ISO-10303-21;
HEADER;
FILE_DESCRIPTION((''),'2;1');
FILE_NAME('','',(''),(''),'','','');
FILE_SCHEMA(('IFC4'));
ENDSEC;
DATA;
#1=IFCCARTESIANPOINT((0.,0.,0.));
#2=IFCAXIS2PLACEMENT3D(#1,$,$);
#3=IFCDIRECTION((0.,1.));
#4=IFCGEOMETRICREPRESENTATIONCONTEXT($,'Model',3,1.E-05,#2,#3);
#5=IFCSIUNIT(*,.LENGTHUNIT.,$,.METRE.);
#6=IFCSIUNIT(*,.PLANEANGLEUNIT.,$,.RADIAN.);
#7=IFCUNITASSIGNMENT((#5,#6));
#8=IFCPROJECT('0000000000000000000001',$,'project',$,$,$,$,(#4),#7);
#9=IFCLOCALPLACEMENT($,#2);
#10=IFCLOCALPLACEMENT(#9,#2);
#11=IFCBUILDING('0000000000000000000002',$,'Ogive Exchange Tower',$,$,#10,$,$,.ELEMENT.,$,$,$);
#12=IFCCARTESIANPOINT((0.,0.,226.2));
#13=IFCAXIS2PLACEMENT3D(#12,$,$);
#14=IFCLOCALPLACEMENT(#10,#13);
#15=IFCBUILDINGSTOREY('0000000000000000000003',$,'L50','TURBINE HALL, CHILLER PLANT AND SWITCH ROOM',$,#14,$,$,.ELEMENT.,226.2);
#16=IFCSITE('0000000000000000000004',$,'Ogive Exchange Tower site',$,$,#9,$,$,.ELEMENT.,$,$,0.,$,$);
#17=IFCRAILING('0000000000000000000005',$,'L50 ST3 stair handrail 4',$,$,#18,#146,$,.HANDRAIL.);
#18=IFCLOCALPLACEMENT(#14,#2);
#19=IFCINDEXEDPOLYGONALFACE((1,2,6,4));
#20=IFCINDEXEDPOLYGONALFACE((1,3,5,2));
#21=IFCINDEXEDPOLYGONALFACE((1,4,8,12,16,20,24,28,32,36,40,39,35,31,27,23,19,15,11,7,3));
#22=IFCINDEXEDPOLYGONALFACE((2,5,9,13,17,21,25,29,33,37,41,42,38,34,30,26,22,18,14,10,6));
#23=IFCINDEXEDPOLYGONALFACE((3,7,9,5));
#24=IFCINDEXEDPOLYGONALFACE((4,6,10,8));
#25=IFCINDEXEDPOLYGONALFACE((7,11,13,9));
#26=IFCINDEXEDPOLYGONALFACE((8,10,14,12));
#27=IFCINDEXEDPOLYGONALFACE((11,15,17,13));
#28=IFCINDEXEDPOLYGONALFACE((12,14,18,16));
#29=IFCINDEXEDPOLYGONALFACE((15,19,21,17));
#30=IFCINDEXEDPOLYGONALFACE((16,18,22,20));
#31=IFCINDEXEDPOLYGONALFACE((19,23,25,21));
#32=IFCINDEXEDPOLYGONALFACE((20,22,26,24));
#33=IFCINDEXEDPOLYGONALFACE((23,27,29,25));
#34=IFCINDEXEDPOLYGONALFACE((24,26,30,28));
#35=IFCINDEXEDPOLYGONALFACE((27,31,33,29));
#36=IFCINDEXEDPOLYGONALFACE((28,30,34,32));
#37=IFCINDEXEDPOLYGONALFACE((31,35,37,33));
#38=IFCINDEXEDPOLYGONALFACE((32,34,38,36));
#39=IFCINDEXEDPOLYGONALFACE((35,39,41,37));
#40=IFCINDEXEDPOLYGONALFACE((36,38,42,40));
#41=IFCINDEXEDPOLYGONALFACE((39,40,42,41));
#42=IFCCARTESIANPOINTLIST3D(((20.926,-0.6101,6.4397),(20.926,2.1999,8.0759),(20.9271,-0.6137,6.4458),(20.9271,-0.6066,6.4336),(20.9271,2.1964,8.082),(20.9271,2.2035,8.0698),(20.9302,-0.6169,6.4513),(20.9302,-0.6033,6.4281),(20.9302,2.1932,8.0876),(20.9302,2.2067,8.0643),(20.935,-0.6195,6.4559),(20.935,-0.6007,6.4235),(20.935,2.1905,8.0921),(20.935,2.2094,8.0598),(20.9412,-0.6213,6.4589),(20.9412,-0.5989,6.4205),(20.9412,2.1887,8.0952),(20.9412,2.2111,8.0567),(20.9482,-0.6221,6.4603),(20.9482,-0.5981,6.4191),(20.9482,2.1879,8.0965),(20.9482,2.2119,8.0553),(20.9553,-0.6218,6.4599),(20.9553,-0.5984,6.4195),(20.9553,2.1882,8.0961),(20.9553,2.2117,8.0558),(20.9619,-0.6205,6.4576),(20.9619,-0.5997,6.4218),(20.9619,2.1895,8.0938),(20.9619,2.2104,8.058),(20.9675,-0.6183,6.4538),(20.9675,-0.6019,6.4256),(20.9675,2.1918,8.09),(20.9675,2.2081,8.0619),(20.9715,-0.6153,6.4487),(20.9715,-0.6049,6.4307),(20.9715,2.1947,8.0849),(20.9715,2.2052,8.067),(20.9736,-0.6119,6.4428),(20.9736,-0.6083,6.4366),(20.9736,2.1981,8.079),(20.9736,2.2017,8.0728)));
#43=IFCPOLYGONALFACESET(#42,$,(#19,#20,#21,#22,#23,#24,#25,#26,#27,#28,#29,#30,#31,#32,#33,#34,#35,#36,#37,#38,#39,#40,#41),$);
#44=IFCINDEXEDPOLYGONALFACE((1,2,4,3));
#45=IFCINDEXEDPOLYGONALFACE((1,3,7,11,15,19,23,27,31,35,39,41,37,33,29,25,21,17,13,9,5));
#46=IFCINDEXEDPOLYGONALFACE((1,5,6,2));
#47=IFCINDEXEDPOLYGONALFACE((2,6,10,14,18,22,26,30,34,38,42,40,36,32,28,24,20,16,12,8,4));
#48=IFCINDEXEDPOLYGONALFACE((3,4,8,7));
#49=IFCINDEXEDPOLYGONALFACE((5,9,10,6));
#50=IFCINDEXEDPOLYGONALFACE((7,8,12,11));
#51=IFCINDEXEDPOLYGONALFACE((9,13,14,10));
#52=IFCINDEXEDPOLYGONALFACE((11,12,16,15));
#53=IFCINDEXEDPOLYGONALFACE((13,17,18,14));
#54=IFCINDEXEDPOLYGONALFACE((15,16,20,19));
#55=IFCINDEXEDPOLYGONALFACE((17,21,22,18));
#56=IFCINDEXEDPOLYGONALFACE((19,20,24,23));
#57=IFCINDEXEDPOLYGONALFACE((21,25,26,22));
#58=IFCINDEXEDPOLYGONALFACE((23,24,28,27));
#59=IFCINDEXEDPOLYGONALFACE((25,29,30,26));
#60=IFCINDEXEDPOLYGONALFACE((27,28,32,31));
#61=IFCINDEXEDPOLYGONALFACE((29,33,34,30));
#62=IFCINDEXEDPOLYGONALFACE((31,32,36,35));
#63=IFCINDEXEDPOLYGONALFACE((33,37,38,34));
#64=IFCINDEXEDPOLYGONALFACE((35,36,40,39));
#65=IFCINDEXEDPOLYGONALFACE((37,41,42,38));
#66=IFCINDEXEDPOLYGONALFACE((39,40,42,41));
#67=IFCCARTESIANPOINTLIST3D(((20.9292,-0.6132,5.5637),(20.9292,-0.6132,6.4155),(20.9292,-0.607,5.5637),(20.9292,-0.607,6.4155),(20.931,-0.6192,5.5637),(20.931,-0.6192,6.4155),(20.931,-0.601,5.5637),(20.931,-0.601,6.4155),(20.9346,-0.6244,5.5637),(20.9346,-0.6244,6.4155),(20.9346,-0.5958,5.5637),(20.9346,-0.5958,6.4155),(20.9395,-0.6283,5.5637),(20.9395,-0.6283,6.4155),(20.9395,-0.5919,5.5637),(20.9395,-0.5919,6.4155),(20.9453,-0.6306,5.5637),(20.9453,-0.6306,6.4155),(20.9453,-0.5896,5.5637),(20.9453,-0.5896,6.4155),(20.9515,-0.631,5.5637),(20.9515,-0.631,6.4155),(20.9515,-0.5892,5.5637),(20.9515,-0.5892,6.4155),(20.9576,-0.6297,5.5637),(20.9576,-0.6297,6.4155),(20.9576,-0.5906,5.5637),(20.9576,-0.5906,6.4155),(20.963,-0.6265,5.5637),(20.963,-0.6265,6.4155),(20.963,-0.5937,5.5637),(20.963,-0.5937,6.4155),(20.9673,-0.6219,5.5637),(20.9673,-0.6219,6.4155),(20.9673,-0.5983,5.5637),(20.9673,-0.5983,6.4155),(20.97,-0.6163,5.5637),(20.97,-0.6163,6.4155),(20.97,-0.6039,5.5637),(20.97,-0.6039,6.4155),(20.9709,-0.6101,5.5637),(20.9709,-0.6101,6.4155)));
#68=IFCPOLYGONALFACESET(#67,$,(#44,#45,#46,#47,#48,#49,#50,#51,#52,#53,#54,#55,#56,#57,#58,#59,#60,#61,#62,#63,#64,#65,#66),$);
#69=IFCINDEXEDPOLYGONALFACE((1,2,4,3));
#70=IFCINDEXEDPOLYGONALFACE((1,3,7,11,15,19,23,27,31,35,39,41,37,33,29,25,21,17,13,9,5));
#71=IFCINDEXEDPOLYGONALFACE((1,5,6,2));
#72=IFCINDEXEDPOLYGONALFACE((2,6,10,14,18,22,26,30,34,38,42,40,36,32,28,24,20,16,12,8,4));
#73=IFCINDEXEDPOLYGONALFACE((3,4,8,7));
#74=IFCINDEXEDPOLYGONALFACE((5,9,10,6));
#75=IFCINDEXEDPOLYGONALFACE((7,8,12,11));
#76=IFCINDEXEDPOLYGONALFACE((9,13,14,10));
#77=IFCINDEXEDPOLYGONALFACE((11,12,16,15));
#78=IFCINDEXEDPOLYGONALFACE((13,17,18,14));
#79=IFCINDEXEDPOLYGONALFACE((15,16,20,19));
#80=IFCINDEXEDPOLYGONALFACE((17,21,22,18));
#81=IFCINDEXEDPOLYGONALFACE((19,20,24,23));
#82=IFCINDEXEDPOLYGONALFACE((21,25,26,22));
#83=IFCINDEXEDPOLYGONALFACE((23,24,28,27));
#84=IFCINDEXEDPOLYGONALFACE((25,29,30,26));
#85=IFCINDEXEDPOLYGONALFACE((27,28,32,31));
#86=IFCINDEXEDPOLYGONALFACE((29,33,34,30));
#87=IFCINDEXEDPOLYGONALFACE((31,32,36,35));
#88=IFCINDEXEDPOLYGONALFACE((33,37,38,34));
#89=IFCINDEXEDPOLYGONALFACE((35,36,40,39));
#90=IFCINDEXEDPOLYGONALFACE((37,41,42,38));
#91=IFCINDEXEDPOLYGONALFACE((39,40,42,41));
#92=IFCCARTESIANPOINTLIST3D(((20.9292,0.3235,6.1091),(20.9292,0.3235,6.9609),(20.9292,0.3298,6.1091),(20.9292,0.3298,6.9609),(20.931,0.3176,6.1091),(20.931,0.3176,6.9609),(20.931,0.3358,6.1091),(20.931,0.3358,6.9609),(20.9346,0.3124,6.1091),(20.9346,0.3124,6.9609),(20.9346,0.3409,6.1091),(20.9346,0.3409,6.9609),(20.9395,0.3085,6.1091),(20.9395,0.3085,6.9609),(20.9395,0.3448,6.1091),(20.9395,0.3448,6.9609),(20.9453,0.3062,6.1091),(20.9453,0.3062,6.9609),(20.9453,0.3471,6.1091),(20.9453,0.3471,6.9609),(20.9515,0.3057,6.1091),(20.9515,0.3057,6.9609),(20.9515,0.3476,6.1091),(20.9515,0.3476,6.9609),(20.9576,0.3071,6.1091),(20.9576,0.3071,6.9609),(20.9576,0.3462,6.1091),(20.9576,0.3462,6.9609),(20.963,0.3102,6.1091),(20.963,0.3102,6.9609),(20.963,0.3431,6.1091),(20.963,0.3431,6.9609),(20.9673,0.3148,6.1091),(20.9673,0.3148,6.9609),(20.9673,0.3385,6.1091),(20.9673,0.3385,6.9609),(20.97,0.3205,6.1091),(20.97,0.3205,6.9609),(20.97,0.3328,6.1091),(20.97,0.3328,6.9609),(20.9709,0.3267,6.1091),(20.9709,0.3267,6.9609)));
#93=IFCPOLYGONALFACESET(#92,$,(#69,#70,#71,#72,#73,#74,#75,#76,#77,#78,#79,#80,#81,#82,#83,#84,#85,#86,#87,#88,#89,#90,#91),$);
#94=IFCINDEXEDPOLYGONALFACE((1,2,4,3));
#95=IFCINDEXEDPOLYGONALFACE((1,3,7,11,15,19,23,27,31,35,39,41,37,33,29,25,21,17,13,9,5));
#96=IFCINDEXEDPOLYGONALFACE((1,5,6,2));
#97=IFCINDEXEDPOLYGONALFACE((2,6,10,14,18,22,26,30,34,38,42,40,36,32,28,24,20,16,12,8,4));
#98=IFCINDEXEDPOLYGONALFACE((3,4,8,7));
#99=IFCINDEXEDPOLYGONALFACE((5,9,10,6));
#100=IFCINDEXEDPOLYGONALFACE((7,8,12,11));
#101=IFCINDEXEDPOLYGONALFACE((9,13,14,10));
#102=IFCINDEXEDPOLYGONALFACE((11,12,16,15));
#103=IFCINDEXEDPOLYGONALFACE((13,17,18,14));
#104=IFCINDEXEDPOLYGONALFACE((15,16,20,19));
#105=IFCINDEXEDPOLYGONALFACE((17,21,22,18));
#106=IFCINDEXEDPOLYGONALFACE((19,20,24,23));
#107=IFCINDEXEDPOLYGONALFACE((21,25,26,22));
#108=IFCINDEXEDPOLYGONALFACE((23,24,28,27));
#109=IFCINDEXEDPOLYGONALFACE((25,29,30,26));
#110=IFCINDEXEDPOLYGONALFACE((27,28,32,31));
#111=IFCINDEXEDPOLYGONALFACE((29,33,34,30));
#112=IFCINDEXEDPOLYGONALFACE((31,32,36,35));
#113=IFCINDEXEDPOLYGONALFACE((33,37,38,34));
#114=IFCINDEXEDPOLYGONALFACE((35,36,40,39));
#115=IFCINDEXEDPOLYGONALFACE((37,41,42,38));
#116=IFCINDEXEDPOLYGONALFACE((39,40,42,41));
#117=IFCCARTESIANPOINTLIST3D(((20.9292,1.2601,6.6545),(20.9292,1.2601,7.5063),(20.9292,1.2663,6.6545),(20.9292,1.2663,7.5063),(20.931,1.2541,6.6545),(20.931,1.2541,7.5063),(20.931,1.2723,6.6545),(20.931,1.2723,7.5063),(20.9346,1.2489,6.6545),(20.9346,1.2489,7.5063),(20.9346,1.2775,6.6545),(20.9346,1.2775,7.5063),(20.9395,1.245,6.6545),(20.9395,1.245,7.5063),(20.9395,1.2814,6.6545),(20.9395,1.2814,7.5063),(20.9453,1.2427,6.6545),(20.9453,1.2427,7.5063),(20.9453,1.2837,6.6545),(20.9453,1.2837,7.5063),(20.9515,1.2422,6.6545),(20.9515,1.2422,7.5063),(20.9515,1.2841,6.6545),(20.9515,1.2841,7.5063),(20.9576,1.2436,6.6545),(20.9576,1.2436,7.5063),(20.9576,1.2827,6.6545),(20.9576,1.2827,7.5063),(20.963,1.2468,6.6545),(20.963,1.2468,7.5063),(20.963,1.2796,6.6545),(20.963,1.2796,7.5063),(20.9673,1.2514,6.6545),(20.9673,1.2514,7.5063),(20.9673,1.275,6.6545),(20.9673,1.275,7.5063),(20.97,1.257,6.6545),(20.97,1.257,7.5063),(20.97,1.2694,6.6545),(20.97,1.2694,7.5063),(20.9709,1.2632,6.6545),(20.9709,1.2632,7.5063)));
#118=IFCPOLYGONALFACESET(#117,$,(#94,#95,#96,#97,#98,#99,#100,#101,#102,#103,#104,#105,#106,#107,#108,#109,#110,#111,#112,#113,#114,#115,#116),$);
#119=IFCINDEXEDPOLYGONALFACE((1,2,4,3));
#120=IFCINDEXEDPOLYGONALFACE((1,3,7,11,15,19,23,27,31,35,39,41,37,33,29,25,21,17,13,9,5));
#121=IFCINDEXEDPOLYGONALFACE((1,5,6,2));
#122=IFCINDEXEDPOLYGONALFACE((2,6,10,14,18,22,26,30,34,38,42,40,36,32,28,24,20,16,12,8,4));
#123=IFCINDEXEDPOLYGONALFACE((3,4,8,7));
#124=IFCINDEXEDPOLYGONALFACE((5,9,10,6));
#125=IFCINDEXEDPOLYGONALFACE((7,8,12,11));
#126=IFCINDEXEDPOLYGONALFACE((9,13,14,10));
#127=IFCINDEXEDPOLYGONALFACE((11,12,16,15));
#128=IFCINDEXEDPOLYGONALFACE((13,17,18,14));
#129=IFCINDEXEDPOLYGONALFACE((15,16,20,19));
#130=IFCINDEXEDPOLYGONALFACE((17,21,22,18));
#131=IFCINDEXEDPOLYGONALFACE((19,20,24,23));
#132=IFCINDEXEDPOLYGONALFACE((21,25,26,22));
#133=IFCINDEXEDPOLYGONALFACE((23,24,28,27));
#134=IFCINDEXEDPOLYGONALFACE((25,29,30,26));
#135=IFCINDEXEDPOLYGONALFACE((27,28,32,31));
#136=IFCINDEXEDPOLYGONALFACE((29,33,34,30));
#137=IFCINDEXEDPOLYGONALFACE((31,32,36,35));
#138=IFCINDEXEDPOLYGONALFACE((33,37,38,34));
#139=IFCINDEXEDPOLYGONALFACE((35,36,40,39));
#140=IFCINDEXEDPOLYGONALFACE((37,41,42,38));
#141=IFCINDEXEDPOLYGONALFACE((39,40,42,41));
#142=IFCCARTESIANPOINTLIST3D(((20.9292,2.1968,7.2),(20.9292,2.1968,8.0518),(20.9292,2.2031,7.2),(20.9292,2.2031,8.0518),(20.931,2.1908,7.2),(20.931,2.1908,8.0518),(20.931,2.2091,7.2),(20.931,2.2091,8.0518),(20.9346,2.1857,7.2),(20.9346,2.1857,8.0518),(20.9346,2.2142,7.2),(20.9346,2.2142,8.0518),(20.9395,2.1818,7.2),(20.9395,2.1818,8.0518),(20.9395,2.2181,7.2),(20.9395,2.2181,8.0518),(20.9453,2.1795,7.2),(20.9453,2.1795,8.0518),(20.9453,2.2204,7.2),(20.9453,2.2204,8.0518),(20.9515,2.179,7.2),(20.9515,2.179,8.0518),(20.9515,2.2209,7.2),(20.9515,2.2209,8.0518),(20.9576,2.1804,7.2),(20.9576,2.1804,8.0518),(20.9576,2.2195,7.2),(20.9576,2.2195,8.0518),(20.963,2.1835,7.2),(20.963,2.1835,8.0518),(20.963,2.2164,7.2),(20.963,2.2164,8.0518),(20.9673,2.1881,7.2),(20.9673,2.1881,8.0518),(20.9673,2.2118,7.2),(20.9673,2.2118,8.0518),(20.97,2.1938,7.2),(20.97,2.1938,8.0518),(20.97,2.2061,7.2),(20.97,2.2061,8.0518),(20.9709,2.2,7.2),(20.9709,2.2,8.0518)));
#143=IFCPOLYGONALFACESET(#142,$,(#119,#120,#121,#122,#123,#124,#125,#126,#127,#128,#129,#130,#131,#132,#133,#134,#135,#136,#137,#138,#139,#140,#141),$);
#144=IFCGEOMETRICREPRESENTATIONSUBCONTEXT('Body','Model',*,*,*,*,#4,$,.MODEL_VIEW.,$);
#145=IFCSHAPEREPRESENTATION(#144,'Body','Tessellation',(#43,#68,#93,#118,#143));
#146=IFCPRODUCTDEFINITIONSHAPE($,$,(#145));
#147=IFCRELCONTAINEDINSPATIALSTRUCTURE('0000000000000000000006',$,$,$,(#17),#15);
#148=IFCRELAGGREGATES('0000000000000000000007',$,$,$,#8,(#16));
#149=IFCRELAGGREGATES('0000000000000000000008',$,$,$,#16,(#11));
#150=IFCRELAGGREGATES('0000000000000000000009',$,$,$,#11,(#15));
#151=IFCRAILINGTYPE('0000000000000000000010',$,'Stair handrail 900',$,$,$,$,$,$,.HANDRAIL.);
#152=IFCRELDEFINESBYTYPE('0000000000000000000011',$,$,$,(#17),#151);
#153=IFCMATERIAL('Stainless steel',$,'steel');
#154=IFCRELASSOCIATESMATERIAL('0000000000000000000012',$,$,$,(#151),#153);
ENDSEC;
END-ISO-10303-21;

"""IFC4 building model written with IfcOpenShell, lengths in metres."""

from ifc_helpers import new_model, si_unit, direction, frame, origin, origin_2d, place, context, subcontext, project, spatial, circle, extrude, material, type_object, element, save


model = new_model("IFC4")

# Units and contexts
model_context = context("Model", 3, precision=1e-05, world=origin(), true_north=direction((0.0, 1.0)))
body_context = subcontext(model_context, "Body", "Model", "MODEL_VIEW")
ifc_project = project(units=[si_unit("LENGTHUNIT", "METRE"), si_unit("PLANEANGLEUNIT", "RADIAN")], contexts=[model_context])

# Site, building, storey
site_placement = place(None, origin())
site = spatial("IfcSite", under=ifc_project, at=site_placement, Name="Ogive Exchange Tower site", CompositionType="ELEMENT", RefElevation=0.0)
building_placement = place(site_placement, origin())
building = spatial("IfcBuilding", under=site, at=building_placement, Name="Ogive Exchange Tower", CompositionType="ELEMENT")
storey_placement = place(building_placement, frame((0.0, 0.0, 226.2)))
storey = spatial("IfcBuildingStorey", under=building, at=storey_placement, Name="L50", Description="TURBINE HALL, CHILLER PLANT AND SWITCH ROOM", CompositionType="ELEMENT", Elevation=226.2)

# Railing
ifc_material_1 = material(Name="Stainless steel", Category="steel")
railing_type = type_object("IfcRailingType", Name="Stair handrail 900", PredefinedType="HANDRAIL", material=ifc_material_1)
railing_1_placement = place(storey_placement, frame((20.95, -0.6101, 5.5637)))
element("IfcRailing", 1, at=railing_1_placement, inside=storey, type_object=railing_type, Name="L50 ST3 stair handrail 4", PredefinedType="HANDRAIL", context=body_context, shape_type="SweptSolid", body=[
    extrude(circle(Radius=0.0239, at=origin_2d()), frame((0.0, 0.0, 0.876), z_axis=(0.0, 0.864176, 0.503189), x_axis=(-1.0, 0.0, 0.0)), (0.0, 0.0, 1.0), 3.2517),
    extrude(circle(Radius=0.021, at=origin_2d()), origin(), (0.0, 0.0, 1.0), 0.8518),
    extrude(circle(Radius=0.021, at=origin_2d()), frame((0.0, 0.9368, 0.5454)), (0.0, 0.0, 1.0), 0.8518),
    extrude(circle(Radius=0.021, at=origin_2d()), frame((0.0, 1.8733, 1.0908)), (0.0, 0.0, 1.0), 0.8518),
    extrude(circle(Radius=0.021, at=origin_2d()), frame((0.0, 2.8101, 1.6362)), (0.0, 0.0, 1.0), 0.8518),
])

save(model, "model.ifc")
